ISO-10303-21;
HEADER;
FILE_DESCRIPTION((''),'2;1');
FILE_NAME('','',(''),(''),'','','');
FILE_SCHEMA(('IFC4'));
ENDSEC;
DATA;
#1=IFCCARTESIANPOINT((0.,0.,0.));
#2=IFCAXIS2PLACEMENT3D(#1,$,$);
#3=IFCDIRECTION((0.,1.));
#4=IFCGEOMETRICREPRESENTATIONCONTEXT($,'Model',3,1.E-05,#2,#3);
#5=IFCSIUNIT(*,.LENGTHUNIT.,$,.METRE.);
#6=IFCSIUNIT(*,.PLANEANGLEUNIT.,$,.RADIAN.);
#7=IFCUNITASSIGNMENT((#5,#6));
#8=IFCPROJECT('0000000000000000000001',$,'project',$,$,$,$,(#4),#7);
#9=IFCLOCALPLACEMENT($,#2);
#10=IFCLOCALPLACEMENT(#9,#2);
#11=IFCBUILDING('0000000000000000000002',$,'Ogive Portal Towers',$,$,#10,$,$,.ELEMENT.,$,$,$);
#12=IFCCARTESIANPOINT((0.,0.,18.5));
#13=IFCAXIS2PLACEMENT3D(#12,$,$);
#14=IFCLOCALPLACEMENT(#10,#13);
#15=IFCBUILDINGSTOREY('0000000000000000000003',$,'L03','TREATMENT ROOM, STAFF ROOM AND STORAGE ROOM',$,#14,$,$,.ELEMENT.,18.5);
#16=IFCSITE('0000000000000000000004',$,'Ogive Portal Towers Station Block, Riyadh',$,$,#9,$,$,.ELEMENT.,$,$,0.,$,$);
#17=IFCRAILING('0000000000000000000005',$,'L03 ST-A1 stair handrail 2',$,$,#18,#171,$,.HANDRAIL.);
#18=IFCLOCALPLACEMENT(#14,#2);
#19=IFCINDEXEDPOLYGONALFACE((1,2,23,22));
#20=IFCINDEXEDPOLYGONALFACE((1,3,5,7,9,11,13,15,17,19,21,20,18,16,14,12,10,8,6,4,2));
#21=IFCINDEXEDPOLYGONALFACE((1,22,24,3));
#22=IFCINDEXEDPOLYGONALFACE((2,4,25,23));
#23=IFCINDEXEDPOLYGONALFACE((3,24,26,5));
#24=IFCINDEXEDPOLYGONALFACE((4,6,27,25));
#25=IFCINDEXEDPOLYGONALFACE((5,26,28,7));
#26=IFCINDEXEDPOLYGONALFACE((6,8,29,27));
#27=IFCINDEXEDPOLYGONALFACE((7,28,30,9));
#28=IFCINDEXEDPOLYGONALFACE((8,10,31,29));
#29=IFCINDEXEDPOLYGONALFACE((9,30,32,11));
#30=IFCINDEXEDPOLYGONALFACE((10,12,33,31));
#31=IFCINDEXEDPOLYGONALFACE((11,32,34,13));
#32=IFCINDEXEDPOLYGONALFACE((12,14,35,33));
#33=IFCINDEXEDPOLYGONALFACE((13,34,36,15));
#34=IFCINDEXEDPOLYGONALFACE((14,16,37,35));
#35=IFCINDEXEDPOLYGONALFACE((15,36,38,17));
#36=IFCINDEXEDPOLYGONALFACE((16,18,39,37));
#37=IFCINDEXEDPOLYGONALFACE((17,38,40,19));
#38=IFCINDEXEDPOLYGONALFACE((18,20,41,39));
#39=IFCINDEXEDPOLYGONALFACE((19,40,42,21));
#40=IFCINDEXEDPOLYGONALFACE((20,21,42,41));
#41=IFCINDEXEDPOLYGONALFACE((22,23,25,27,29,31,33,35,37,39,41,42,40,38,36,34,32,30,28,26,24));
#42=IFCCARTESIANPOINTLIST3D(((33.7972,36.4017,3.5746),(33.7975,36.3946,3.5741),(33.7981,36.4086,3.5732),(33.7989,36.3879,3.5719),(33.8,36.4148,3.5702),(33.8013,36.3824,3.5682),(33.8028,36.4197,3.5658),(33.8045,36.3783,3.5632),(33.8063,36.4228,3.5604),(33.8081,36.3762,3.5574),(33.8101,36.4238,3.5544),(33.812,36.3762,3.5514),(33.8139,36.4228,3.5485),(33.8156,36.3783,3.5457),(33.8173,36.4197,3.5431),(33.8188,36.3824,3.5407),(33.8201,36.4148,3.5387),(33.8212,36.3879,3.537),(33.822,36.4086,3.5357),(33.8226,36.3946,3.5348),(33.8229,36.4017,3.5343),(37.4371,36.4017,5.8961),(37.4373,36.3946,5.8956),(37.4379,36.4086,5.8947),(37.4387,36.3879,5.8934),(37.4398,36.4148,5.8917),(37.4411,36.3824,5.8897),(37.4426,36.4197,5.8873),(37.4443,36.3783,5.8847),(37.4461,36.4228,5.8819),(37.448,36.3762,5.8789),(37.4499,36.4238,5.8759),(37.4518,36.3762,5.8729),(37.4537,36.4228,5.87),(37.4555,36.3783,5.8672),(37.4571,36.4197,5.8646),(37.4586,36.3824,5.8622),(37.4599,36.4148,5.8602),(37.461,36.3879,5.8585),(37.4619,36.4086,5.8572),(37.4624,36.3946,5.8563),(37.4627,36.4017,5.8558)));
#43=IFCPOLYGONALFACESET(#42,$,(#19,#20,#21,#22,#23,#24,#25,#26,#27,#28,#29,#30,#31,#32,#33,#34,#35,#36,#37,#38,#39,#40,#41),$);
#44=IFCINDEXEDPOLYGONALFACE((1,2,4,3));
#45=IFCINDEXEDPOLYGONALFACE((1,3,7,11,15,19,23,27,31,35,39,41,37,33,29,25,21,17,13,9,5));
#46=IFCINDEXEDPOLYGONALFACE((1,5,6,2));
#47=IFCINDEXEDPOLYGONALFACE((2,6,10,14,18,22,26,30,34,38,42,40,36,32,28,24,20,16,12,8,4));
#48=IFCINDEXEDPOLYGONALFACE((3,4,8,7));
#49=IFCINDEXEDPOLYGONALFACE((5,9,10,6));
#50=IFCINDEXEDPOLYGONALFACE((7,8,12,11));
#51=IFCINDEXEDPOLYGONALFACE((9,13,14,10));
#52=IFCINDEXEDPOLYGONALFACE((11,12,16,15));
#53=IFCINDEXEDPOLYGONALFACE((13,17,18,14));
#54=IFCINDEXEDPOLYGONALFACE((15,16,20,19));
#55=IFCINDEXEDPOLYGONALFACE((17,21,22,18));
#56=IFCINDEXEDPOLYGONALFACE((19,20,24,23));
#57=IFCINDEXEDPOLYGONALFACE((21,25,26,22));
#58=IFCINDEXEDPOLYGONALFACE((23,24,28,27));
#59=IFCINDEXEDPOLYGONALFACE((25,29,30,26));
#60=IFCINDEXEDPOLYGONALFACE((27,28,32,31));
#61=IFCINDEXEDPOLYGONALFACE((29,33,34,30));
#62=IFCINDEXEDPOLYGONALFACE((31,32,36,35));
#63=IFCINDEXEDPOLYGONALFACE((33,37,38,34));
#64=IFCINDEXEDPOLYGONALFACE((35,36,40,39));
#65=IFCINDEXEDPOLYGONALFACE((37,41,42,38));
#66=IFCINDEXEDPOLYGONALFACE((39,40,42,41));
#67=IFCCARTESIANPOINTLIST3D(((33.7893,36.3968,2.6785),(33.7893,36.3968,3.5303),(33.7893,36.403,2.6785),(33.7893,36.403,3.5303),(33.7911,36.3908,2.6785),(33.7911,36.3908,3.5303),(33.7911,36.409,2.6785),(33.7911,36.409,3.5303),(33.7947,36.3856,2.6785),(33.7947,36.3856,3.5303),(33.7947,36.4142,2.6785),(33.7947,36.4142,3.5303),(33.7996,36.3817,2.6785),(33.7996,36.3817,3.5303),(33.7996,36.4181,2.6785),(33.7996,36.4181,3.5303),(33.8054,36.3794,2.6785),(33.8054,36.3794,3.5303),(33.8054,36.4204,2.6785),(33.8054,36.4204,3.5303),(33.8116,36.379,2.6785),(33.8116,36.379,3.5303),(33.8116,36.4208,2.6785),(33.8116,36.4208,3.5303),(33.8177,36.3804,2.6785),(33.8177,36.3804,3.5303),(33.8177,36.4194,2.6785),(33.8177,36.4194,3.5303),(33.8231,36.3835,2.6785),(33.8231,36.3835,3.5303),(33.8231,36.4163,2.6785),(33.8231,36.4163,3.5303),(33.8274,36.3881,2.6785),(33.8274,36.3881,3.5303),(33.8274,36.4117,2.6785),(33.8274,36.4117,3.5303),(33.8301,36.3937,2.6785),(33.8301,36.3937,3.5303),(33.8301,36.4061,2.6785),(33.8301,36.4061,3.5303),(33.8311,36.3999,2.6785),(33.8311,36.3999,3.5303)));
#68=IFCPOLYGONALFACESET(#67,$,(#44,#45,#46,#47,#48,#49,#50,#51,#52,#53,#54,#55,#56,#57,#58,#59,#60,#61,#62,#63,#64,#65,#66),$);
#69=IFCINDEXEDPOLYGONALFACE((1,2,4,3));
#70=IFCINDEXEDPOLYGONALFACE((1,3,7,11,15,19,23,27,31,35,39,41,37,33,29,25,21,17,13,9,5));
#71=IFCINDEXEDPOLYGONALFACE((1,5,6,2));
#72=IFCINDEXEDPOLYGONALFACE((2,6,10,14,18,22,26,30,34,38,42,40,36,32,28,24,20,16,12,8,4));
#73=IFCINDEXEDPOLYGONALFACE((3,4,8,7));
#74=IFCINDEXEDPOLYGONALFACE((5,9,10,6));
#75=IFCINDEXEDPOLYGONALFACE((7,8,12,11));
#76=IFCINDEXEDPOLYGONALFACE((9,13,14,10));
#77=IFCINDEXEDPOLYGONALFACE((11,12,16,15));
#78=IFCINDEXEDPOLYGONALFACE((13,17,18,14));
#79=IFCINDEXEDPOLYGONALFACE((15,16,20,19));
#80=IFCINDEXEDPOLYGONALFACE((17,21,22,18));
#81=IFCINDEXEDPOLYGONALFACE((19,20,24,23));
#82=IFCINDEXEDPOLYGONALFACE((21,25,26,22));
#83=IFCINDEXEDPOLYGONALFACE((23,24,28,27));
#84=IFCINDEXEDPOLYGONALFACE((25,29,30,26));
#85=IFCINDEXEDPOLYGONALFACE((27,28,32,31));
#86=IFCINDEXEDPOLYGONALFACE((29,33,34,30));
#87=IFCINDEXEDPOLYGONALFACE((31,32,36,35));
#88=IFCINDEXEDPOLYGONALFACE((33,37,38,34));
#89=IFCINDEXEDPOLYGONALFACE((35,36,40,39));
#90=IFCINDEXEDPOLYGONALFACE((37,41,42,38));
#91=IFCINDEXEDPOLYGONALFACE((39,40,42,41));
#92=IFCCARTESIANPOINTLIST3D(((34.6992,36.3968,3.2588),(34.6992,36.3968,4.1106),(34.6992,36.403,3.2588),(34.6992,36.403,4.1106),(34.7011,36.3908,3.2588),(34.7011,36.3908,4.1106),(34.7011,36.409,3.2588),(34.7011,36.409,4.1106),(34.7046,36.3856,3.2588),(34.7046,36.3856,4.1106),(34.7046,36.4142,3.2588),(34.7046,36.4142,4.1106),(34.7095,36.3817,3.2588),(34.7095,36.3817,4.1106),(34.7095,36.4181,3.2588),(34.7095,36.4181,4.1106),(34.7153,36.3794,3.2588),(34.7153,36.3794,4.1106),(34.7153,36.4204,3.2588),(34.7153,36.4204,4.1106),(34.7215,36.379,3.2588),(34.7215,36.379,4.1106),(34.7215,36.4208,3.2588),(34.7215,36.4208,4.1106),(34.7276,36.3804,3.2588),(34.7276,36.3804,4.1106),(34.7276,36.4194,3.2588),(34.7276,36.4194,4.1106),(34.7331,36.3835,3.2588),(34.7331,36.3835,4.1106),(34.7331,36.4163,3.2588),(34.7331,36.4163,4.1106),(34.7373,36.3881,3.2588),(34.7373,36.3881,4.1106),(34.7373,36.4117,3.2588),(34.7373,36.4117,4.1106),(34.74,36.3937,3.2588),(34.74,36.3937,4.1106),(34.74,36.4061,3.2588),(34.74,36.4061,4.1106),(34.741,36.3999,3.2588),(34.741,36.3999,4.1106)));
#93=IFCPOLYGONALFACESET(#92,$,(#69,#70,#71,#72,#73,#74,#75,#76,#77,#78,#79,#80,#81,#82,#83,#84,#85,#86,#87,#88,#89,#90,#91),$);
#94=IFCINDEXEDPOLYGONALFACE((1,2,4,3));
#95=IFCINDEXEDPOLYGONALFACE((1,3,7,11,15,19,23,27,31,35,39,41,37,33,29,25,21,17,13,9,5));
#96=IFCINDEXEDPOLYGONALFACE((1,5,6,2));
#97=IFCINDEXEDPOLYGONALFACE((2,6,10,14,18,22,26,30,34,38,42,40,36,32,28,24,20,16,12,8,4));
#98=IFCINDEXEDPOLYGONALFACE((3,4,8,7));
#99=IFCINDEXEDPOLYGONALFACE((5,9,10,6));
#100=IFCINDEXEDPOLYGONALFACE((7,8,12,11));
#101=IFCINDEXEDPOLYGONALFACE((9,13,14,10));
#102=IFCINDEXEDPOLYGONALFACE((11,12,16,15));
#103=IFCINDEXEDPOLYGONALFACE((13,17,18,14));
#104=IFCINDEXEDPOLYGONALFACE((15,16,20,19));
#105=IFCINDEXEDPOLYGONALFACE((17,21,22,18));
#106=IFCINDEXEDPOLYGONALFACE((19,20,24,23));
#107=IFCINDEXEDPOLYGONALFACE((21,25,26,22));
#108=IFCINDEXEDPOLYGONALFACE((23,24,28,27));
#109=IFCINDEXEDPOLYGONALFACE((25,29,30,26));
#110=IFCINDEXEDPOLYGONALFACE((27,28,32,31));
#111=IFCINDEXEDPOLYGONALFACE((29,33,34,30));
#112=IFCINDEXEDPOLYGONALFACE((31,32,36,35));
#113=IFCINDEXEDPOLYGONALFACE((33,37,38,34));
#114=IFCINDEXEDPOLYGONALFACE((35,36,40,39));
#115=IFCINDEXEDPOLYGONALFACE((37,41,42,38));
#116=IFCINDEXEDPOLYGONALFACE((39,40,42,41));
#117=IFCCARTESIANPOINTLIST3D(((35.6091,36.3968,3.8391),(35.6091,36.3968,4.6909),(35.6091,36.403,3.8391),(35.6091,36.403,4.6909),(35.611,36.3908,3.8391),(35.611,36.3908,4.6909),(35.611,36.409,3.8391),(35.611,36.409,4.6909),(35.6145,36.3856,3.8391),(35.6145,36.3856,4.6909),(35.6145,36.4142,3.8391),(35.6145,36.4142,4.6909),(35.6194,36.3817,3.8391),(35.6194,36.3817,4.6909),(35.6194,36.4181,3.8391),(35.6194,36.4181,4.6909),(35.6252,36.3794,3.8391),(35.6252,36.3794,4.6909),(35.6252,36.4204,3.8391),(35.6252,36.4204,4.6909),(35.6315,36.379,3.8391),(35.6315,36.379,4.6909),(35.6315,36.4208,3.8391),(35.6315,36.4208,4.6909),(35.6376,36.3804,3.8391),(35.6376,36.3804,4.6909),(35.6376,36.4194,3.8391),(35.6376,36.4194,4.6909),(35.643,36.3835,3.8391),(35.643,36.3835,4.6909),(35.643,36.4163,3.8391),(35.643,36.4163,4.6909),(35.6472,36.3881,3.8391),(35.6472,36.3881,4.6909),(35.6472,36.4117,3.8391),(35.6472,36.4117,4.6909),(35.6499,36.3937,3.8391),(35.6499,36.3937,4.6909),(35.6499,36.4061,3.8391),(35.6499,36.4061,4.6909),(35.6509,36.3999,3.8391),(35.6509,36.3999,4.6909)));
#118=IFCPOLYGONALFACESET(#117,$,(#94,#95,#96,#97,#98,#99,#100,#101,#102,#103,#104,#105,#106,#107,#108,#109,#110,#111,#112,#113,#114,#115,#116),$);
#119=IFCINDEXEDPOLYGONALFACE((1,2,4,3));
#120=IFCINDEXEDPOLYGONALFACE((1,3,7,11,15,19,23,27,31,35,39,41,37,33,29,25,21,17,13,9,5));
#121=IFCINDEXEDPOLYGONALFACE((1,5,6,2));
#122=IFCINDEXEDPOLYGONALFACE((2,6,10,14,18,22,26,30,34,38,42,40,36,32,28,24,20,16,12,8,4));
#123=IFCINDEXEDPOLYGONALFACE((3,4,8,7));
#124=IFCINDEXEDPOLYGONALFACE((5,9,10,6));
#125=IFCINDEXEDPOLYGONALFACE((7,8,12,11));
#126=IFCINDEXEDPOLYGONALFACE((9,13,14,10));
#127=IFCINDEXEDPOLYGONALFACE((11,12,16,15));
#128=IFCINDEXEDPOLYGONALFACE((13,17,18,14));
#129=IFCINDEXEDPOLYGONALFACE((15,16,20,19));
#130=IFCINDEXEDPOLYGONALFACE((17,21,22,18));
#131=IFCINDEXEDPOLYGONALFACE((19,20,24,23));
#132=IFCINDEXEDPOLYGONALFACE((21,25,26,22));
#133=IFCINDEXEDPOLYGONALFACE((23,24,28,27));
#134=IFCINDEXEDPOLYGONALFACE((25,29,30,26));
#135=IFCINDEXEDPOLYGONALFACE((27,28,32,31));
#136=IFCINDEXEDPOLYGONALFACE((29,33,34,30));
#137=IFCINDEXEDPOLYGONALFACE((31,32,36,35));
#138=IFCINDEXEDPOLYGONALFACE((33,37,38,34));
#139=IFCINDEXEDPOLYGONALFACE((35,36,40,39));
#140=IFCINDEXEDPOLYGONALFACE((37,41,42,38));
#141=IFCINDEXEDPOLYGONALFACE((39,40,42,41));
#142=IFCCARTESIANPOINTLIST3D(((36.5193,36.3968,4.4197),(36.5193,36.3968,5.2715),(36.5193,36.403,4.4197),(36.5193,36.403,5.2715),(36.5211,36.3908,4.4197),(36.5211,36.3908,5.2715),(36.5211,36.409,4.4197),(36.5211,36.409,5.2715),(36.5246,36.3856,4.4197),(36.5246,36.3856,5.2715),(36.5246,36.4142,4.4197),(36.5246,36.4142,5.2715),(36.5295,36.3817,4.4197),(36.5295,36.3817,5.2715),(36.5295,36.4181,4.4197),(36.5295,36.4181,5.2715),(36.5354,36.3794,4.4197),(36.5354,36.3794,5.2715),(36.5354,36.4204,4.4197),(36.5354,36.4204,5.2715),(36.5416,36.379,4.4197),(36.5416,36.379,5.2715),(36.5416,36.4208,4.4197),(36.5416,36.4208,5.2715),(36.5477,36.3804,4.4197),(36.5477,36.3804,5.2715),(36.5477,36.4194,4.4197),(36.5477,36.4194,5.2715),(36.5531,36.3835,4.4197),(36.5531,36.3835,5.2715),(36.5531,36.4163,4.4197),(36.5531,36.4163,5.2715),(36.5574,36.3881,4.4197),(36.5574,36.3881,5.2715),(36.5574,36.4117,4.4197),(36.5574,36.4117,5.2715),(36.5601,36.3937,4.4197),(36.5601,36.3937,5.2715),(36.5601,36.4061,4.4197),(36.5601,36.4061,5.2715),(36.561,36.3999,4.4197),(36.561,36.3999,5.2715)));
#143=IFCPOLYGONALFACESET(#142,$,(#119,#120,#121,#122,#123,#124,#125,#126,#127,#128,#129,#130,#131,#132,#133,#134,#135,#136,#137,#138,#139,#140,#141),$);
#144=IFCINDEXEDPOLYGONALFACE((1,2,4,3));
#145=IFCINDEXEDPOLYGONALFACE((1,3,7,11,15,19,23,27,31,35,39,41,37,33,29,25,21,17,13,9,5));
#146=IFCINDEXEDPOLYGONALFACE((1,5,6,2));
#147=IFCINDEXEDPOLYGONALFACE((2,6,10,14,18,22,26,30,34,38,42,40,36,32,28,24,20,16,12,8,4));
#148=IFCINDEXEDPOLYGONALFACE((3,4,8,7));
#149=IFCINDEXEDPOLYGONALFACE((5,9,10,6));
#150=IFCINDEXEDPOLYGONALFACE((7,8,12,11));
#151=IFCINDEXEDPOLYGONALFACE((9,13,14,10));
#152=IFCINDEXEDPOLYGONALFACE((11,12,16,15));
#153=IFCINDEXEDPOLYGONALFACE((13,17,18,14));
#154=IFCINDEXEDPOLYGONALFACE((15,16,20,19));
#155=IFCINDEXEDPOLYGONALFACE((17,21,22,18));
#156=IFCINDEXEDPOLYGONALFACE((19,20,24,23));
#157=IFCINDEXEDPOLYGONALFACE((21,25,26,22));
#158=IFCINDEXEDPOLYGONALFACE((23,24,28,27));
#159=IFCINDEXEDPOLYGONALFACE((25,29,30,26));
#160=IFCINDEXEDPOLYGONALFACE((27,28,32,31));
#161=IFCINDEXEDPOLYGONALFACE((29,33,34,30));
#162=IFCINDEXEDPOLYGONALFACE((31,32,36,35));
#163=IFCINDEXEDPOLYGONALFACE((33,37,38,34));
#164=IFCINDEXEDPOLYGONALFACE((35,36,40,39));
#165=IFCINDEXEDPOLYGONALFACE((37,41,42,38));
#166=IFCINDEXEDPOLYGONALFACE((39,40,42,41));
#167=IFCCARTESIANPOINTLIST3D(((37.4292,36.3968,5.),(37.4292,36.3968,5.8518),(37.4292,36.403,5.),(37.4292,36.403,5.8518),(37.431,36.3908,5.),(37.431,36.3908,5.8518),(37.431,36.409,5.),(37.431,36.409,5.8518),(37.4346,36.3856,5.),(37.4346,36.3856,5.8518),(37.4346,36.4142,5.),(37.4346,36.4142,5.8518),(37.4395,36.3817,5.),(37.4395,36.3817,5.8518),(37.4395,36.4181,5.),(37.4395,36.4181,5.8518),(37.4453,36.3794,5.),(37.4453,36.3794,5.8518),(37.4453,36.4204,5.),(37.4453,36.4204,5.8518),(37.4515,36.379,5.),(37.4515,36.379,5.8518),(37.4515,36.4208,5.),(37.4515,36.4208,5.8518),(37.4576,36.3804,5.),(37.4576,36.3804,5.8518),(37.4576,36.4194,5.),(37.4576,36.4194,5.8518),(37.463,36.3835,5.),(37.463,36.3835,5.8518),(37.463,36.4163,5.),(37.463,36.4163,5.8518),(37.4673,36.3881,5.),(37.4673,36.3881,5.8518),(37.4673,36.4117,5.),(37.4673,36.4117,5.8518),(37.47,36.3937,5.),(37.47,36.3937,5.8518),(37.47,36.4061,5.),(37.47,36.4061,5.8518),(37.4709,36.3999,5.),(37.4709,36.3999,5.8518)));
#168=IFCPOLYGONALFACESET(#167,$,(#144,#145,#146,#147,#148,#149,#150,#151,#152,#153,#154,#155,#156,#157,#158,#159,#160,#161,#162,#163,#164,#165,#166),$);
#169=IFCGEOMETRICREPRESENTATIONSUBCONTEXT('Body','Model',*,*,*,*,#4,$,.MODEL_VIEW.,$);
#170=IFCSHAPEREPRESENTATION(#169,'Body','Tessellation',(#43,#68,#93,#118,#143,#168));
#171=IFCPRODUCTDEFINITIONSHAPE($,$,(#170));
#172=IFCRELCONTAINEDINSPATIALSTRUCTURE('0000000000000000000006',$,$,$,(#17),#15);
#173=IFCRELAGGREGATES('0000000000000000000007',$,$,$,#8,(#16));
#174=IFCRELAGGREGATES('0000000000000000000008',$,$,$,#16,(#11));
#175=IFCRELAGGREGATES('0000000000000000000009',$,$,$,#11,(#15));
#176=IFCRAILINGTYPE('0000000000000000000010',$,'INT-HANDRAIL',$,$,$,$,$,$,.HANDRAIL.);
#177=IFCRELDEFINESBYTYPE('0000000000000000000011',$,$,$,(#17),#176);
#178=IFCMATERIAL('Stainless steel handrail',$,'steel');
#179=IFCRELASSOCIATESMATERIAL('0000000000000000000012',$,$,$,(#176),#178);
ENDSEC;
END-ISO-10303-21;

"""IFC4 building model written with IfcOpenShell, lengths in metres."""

from ifc_helpers import new_model, si_unit, direction, frame, origin, origin_2d, place, context, subcontext, project, spatial, circle, extrude, material, type_object, element, save


model = new_model("IFC4")

# Units and contexts
model_context = context("Model", 3, precision=1e-05, world=origin(), true_north=direction((0.0, 1.0)))
body_context = subcontext(model_context, "Body", "Model", "MODEL_VIEW")
ifc_project = project(units=[si_unit("LENGTHUNIT", "METRE"), si_unit("PLANEANGLEUNIT", "RADIAN")], contexts=[model_context])

# Site, building, storey
site_placement = place(None, origin())
site = spatial("IfcSite", under=ifc_project, at=site_placement, Name="Ogive Portal Towers Station Block, Riyadh", CompositionType="ELEMENT", RefElevation=0.0)
building_placement = place(site_placement, origin())
building = spatial("IfcBuilding", under=site, at=building_placement, Name="Ogive Portal Towers", CompositionType="ELEMENT")
storey_placement = place(building_placement, frame((0.0, 0.0, 18.5)))
storey = spatial("IfcBuildingStorey", under=building, at=storey_placement, Name="L03", Description="TREATMENT ROOM, STAFF ROOM AND STORAGE ROOM", CompositionType="ELEMENT", Elevation=18.5)

# Railing
ifc_material_1 = material(Name="Stainless steel handrail", Category="steel")
railing_type_1 = type_object("IfcRailingType", Name="INT-HANDRAIL", PredefinedType="HANDRAIL", material=ifc_material_1)
railing_1_placement = place(storey_placement, frame((33.8101, 36.3999, 2.6785)))
element("IfcRailing", 1, at=railing_1_placement, inside=storey, type_object=railing_type_1, Name="L03 ST-A1 stair handrail 2", PredefinedType="HANDRAIL", context=body_context, shape_type="SweptSolid", body=[
    extrude(circle(Radius=0.0239, at=origin_2d()), frame((0.0, 0.0, 0.876), z_axis=(0.843112, 0.0, 0.537739), x_axis=(0.0, 1.0, 0.0)), (0.0, 0.0, 1.0), 4.3171),
    extrude(circle(Radius=0.021, at=origin_2d()), origin(), (0.0, 0.0, 1.0), 0.8518),
    extrude(circle(Radius=0.021, at=origin_2d()), frame((0.9099, 0.0, 0.5803)), (0.0, 0.0, 1.0), 0.8518),
    extrude(circle(Radius=0.021, at=origin_2d()), frame((1.8198, 0.0, 1.1606)), (0.0, 0.0, 1.0), 0.8518),
    extrude(circle(Radius=0.021, at=origin_2d()), frame((2.73, 0.0, 1.7412)), (0.0, 0.0, 1.0), 0.8518),
    extrude(circle(Radius=0.021, at=origin_2d()), frame((3.6399, 0.0, 2.3215)), (0.0, 0.0, 1.0), 0.8518),
])

save(model, "model.ifc")
